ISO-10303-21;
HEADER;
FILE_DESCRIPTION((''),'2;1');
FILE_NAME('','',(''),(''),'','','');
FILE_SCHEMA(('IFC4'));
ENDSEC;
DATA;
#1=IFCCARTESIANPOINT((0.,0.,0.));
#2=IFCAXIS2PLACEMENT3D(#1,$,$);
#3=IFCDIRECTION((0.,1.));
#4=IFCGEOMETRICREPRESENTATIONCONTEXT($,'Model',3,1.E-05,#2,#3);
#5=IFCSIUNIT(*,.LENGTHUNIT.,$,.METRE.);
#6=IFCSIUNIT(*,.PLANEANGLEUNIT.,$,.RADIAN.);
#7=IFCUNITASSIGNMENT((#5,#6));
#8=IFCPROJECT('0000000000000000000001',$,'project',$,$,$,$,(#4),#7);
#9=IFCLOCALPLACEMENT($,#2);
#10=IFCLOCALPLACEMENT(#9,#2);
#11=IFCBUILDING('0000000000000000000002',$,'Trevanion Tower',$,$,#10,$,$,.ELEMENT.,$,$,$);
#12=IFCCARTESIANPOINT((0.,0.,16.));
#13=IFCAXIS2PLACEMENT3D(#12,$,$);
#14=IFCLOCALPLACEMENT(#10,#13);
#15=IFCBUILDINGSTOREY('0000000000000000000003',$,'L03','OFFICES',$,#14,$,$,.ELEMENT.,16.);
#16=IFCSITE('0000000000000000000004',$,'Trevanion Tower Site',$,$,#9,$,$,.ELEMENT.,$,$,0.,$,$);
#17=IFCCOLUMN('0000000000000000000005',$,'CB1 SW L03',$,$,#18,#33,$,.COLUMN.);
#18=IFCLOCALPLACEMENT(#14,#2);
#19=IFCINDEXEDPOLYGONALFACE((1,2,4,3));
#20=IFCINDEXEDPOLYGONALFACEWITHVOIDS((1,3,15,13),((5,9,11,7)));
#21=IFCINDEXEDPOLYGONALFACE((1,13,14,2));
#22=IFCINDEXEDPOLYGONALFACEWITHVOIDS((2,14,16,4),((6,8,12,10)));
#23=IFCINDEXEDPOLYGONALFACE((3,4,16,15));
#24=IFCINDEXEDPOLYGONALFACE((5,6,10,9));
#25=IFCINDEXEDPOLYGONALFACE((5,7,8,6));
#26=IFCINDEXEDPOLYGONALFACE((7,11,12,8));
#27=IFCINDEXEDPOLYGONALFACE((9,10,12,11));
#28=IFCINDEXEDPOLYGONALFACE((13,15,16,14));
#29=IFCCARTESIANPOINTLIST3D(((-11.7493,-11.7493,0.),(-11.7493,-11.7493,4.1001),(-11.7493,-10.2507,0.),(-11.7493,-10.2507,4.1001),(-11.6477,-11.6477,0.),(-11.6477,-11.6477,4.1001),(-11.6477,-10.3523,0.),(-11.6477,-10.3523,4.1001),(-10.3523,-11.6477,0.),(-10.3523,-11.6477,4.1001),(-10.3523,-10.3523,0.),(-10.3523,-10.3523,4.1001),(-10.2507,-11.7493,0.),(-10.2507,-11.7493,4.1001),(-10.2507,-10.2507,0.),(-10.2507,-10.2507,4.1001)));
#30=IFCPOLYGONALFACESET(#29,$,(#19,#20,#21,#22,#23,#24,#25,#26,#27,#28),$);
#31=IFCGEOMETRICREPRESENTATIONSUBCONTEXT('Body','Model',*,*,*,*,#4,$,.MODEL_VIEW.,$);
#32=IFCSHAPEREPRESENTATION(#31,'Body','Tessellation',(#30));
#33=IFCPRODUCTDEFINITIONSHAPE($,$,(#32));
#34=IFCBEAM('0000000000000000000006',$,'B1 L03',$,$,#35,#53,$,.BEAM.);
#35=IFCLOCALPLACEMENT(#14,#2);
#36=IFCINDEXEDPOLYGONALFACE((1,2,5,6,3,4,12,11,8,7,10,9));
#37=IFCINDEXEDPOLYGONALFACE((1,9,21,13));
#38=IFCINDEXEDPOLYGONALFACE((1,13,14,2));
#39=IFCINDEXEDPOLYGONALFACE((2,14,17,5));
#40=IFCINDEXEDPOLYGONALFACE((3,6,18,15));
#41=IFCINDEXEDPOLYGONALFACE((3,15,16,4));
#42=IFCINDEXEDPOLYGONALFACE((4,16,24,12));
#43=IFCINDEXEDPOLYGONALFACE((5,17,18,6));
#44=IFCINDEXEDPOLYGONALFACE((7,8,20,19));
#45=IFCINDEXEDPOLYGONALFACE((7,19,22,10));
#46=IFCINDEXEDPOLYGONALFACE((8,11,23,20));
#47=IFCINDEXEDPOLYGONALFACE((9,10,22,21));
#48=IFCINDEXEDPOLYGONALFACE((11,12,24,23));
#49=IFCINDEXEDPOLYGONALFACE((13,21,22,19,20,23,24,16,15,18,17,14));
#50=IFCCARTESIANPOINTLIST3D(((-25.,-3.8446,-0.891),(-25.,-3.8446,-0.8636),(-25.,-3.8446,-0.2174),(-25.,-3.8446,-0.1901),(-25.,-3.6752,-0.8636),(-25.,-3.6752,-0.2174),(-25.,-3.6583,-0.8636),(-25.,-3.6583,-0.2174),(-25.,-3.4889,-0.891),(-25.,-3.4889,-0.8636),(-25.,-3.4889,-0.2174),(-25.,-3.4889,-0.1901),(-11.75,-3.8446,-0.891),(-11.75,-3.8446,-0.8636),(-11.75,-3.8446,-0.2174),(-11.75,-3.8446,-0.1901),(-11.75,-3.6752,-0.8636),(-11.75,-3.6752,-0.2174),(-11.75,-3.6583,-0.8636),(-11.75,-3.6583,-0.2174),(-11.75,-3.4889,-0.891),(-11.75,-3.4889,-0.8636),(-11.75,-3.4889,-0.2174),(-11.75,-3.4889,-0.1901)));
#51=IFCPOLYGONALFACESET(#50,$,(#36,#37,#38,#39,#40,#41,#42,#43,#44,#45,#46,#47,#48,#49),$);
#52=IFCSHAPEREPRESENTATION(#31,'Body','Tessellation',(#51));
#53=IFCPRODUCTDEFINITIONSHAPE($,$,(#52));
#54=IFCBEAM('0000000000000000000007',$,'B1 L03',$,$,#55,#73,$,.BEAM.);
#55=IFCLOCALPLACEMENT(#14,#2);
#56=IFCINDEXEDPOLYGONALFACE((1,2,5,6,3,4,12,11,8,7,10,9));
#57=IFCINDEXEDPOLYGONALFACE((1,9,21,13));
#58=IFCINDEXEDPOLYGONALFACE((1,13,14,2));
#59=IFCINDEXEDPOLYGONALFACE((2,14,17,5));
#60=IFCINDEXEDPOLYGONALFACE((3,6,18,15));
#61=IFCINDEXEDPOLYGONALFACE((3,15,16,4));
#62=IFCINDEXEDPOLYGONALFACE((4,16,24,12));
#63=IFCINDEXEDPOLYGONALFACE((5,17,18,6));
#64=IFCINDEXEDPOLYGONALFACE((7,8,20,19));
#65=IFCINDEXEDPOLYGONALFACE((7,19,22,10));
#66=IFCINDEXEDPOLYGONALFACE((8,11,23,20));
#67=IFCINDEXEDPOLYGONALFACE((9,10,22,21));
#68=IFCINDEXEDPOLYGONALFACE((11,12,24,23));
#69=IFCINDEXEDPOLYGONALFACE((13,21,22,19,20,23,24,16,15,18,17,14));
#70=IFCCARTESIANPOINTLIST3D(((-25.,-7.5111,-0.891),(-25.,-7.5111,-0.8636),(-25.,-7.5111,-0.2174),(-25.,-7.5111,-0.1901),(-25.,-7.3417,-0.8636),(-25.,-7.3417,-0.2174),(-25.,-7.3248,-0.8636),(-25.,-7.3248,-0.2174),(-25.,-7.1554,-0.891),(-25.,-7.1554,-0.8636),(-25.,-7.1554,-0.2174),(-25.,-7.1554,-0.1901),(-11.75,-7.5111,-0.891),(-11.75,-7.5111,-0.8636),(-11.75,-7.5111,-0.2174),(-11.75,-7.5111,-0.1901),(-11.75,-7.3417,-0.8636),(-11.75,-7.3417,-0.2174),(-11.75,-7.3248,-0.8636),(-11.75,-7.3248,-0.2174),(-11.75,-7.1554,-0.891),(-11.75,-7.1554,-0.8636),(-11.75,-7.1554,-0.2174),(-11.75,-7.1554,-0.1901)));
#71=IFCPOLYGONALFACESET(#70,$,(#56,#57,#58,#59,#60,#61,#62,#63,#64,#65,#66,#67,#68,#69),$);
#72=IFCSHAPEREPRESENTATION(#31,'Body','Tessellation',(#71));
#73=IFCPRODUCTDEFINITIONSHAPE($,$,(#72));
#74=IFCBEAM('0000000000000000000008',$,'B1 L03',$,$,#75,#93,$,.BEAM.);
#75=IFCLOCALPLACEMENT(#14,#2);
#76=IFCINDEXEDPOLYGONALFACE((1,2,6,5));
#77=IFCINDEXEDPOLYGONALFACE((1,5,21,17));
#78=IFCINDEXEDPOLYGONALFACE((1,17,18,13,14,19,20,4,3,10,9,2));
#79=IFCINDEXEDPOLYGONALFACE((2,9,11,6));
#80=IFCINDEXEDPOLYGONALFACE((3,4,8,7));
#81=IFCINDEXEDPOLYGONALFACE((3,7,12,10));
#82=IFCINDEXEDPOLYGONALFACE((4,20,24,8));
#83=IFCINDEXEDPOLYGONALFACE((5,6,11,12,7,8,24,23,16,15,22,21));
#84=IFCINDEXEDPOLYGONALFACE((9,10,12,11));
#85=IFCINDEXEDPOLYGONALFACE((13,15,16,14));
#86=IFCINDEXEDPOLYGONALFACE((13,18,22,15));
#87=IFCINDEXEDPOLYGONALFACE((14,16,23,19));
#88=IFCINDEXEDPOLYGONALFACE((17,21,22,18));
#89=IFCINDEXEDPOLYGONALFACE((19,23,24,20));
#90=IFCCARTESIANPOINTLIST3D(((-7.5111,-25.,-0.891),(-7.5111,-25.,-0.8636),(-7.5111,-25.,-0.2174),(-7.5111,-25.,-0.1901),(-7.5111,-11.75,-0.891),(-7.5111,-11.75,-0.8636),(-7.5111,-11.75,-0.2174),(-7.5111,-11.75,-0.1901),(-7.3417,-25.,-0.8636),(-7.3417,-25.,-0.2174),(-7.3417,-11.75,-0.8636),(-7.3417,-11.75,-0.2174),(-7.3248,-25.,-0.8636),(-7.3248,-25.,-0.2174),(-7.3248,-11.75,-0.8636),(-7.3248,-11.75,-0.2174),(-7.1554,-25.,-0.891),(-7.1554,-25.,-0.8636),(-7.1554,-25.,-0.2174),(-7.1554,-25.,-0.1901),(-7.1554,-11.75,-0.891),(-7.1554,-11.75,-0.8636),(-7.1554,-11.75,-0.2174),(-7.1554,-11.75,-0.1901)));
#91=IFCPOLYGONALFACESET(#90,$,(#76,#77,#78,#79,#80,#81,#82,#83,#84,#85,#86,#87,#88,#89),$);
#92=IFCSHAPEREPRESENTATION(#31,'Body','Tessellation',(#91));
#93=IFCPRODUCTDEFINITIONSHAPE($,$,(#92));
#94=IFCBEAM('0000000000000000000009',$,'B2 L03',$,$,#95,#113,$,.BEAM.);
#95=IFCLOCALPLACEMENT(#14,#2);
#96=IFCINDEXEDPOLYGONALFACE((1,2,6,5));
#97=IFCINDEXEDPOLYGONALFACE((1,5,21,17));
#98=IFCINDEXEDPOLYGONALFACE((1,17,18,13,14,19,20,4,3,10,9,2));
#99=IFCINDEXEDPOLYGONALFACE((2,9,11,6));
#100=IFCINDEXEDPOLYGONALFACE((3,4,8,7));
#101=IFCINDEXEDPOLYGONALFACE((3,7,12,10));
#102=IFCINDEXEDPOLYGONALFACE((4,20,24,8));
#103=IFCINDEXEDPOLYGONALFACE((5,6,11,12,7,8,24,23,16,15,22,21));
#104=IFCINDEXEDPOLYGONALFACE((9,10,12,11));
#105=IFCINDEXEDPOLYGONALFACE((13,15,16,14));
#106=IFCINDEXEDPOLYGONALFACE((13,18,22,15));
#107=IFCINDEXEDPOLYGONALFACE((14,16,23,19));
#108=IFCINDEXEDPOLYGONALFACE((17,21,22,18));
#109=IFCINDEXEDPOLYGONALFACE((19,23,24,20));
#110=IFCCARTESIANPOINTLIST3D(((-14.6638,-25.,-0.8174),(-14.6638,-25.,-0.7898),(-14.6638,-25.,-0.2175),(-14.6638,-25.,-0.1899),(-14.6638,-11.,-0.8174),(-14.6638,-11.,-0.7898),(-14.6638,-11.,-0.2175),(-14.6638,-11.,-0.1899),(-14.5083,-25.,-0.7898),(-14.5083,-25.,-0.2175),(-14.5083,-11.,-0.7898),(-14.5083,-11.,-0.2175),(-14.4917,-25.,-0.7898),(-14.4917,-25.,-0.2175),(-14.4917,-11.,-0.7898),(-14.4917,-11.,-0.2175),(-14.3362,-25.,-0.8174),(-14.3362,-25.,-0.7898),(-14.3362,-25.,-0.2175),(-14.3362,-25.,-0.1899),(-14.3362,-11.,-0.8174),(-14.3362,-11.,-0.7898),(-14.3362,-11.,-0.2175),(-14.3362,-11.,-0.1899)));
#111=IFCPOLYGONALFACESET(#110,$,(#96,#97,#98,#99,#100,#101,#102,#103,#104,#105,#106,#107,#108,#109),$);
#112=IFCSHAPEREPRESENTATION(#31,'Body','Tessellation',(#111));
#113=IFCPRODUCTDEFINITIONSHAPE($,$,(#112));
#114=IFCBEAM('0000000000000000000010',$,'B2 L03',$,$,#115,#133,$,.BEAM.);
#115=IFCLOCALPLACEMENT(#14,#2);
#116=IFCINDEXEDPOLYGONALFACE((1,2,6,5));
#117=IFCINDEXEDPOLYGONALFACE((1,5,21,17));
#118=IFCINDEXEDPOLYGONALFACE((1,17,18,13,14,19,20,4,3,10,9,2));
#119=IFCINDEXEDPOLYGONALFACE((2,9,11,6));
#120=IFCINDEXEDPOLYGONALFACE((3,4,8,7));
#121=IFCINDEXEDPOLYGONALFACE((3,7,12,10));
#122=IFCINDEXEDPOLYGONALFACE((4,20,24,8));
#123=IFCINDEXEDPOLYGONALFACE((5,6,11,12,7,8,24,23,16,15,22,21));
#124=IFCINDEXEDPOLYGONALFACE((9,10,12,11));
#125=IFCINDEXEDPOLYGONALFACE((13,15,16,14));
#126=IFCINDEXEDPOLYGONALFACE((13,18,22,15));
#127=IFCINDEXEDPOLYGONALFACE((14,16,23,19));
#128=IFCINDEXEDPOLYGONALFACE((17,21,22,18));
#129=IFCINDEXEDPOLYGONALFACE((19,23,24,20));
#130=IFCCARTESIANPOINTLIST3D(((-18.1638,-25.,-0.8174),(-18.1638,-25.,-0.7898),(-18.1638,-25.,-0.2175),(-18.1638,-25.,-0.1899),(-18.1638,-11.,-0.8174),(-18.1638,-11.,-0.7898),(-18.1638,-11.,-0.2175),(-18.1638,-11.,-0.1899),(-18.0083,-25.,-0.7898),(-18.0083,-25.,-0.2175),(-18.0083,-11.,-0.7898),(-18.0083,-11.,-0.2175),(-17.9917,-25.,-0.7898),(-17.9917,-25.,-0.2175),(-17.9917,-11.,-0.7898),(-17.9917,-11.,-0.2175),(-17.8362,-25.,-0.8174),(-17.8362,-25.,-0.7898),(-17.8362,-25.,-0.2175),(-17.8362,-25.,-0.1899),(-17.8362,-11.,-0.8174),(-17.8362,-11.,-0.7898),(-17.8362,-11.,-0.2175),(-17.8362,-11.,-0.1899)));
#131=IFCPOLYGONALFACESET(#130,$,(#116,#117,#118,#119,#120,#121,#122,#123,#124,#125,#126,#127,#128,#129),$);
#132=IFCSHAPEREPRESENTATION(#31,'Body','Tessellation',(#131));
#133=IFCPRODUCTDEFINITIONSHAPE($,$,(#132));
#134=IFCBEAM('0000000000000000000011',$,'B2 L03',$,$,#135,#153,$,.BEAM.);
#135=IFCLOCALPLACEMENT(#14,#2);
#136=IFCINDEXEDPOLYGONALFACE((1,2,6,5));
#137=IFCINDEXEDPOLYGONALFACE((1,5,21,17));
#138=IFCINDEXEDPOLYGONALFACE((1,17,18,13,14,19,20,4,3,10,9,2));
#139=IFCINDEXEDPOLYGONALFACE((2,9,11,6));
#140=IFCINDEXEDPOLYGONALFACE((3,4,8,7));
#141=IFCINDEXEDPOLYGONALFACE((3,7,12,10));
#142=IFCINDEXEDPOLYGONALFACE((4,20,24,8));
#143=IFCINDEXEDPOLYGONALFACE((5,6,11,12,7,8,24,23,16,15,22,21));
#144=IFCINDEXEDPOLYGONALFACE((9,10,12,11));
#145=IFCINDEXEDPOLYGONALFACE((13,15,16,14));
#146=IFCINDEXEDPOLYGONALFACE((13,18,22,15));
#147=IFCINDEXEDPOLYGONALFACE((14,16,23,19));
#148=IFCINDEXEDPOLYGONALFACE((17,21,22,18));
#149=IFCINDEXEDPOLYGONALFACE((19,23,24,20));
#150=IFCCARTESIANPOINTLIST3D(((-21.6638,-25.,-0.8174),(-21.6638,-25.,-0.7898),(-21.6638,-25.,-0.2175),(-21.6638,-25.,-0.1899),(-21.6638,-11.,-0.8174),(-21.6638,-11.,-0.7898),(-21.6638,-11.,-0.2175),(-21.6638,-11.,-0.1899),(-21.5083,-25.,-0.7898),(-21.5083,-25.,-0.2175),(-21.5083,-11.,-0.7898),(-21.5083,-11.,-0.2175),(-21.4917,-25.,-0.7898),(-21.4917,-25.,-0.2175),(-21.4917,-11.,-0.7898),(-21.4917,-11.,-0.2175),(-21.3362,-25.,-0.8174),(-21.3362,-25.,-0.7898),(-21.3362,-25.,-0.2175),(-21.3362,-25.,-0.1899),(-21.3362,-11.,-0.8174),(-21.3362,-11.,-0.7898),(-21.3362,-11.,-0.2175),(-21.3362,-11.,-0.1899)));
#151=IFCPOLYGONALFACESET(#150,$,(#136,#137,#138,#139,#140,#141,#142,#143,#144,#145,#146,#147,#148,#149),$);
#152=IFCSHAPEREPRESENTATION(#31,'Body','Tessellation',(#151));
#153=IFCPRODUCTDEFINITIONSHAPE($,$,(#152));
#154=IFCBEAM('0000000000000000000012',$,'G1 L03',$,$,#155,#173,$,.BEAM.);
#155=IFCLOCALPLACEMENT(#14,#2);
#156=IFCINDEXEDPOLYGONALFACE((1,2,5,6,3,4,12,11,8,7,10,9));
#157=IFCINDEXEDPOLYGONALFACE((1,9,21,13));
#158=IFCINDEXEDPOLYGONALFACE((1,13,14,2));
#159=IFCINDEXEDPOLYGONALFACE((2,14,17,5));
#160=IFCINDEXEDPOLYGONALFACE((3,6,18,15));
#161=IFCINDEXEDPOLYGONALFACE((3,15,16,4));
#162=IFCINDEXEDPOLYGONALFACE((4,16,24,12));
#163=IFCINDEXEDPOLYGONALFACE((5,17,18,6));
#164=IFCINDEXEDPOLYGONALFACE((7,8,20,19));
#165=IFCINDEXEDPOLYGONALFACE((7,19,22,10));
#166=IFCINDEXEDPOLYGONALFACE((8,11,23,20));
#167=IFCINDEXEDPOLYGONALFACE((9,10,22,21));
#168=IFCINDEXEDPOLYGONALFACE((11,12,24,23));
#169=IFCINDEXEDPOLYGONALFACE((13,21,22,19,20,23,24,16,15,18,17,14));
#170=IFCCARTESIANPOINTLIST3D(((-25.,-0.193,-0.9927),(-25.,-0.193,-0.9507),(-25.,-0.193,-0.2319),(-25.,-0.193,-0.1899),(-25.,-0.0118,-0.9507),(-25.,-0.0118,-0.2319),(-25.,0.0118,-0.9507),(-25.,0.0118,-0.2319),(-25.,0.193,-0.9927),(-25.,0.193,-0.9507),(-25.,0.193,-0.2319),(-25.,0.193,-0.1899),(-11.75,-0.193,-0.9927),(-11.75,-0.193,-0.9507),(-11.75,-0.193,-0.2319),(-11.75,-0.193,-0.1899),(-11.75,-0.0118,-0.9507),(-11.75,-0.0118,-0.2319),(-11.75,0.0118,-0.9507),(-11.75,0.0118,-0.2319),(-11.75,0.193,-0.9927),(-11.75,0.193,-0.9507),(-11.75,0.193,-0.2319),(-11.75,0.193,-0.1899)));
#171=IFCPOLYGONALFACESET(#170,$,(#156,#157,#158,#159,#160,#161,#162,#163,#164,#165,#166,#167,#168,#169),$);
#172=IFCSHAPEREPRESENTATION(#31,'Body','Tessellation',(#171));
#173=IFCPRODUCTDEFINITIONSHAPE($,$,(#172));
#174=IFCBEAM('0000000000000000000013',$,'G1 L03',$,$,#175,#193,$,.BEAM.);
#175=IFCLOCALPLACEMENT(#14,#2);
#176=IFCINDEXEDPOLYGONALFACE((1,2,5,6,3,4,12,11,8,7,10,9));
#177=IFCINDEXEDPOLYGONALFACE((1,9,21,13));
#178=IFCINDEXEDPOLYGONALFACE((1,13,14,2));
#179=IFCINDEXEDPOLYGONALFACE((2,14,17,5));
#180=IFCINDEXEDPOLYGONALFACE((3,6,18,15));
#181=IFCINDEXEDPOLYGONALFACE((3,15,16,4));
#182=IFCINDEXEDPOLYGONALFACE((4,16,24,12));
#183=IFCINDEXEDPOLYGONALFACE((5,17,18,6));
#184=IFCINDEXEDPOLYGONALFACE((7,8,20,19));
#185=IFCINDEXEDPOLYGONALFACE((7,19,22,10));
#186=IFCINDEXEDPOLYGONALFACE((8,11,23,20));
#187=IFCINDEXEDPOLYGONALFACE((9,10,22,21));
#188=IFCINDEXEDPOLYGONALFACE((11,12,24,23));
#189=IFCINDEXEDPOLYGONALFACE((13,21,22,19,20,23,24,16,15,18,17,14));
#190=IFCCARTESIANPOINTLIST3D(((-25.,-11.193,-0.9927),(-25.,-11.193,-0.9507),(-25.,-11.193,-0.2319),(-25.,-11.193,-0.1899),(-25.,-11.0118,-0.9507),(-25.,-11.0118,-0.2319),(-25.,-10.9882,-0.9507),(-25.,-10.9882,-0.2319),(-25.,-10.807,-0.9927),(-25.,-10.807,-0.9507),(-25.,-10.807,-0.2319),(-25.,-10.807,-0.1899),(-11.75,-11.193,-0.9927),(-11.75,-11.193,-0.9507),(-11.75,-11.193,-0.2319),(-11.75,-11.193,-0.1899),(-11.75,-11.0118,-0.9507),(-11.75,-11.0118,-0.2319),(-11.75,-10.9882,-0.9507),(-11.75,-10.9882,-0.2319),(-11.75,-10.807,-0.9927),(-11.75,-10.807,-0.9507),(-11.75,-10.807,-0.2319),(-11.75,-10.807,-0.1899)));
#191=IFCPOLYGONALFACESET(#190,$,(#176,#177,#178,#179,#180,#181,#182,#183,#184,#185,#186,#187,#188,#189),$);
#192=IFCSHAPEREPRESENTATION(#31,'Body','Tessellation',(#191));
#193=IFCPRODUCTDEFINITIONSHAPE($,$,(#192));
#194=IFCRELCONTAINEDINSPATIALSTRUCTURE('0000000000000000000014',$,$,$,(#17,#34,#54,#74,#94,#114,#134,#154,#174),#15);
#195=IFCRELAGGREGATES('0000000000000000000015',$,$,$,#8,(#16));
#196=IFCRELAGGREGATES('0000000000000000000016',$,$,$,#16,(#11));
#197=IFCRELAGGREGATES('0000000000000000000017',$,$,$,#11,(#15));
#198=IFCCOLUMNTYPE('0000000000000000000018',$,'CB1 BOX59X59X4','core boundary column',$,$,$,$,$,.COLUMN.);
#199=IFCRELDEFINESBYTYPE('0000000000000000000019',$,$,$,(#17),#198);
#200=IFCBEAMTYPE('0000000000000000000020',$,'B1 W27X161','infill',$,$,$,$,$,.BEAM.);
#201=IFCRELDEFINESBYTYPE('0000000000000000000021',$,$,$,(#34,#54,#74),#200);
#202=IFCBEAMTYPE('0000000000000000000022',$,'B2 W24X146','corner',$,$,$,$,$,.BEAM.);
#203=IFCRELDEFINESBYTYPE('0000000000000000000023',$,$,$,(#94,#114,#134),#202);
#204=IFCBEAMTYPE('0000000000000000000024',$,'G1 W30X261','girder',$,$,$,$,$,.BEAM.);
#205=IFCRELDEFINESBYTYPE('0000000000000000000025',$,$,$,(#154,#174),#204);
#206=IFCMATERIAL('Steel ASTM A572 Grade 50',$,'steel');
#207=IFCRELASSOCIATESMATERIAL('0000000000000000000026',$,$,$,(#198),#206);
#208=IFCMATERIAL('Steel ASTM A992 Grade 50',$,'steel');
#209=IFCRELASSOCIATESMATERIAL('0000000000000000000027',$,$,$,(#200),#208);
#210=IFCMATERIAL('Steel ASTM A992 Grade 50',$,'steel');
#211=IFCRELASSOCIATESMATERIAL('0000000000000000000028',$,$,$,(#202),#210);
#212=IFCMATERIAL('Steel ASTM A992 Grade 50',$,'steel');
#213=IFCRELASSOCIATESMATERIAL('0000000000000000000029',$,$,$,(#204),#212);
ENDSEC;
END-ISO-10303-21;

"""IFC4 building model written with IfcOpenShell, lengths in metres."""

from ifc_helpers import new_model, si_unit, direction, frame, origin, origin_2d, place, context, subcontext, project, spatial, hollow_rectangle, i_section, extrude, material, material_profile, profile_set, type_object, element, save


model = new_model("IFC4")

# Units and contexts
model_context = context("Model", 3, precision=1e-05, world=origin(), true_north=direction((0.0, 1.0)))
body_context = subcontext(model_context, "Body", "Model", "MODEL_VIEW")
ifc_project = project(units=[si_unit("LENGTHUNIT", "METRE"), si_unit("PLANEANGLEUNIT", "RADIAN")], contexts=[model_context])

# Site, building, storey
site_placement = place(None, origin())
site = spatial("IfcSite", under=ifc_project, at=site_placement, Name="Trevanion Tower Site", CompositionType="ELEMENT", RefElevation=0.0)
building_placement = place(site_placement, origin())
building = spatial("IfcBuilding", under=site, at=building_placement, Name="Trevanion Tower", CompositionType="ELEMENT")
storey_placement = place(building_placement, frame((0.0, 0.0, 16.0)))
storey = spatial("IfcBuildingStorey", under=building, at=storey_placement, Name="L03", Description="OFFICES", CompositionType="ELEMENT", Elevation=16.0)

# Column
ifc_material_1 = material(Name="Steel ASTM A572 Grade 50", Category="steel")
ifc_material_profile_1 = material_profile(ifc_material_1, hollow_rectangle(XDim=1.4985, YDim=1.4985, WallThickness=0.1016, at=origin_2d()), Name="BOX59X59X4")
ifc_profile_set_1 = profile_set([ifc_material_profile_1], Name="Steel ASTM A572 Grade 50")
column_type = type_object("IfcColumnType", Name="CB1 BOX59X59X4", Description="core boundary column", PredefinedType="COLUMN", material=ifc_profile_set_1)
column_placement = place(storey_placement, frame((-11.0, -11.0, 0.0), z_axis=(0.0, 0.0, 1.0), x_axis=(1.0, 0.0, 0.0)))
element("IfcColumn", 1, at=column_placement, inside=storey, type_object=column_type, Name="CB1 SW L03", PredefinedType="COLUMN", context=body_context, shape_type="SweptSolid", body=[
    extrude(hollow_rectangle(XDim=1.4985, YDim=1.4985, WallThickness=0.1016, at=origin_2d()), origin(), (0.0, 0.0, 1.0), 4.1001),
])

# Beams
ifc_material_2 = material(Name="Steel ASTM A992 Grade 50", Category="steel")
ifc_material_profile_2 = material_profile(ifc_material_2, i_section(OverallWidth=0.3557, OverallDepth=0.7009, WebThickness=0.0168, FlangeThickness=0.0273, at=origin_2d()), Name="W27X161")
ifc_profile_set_2 = profile_set([ifc_material_profile_2], Name="Steel ASTM A992 Grade 50")
beam_type_1 = type_object("IfcBeamType", Name="B1 W27X161", Description="infill", PredefinedType="BEAM", material=ifc_profile_set_2)
for number, where, z_axis, x_axis, name in (
    (2, (-11.75, -3.6667, -0.5405), (-1.0, 0.0, 0.0), (0.0, -1.0, 0.0), "B1 L03"),
    (3, (-11.75, -7.3333, -0.5405), (-1.0, 0.0, 0.0), (0.0, -1.0, 0.0), "B1 L03"),
    (4, (-7.3333, -11.75, -0.5405), (0.0, -1.0, 0.0), (1.0, 0.0, 0.0), "B1 L03"),
):
    element("IfcBeam", number, at=place(storey_placement, frame(where, z_axis=z_axis, x_axis=x_axis)), inside=storey, type_object=beam_type_1, Name=name, PredefinedType="BEAM", context=body_context, shape_type="SweptSolid", body=[
        extrude(i_section(OverallWidth=0.3557, OverallDepth=0.7009, WebThickness=0.0168, FlangeThickness=0.0273, at=origin_2d()), origin(), (0.0, 0.0, 1.0), 13.25),
    ])
ifc_material_3 = material(Name="Steel ASTM A992 Grade 50", Category="steel")
ifc_material_profile_3 = material_profile(ifc_material_3, i_section(OverallWidth=0.3276, OverallDepth=0.6274, WebThickness=0.0166, FlangeThickness=0.0276, at=origin_2d()), Name="W24X146")
ifc_profile_set_3 = profile_set([ifc_material_profile_3], Name="Steel ASTM A992 Grade 50")
beam_type_2 = type_object("IfcBeamType", Name="B2 W24X146", Description="corner", PredefinedType="BEAM", material=ifc_profile_set_3)
for number, where, z_axis, x_axis, name in (
    (5, (-14.5, -11.0, -0.5037), (0.0, -1.0, 0.0), (1.0, 0.0, 0.0), "B2 L03"),
    (6, (-18.0, -11.0, -0.5037), (0.0, -1.0, 0.0), (1.0, 0.0, 0.0), "B2 L03"),
    (7, (-21.5, -11.0, -0.5037), (0.0, -1.0, 0.0), (1.0, 0.0, 0.0), "B2 L03"),
):
    element("IfcBeam", number, at=place(storey_placement, frame(where, z_axis=z_axis, x_axis=x_axis)), inside=storey, type_object=beam_type_2, Name=name, PredefinedType="BEAM", context=body_context, shape_type="SweptSolid", body=[
        extrude(i_section(OverallWidth=0.3276, OverallDepth=0.6274, WebThickness=0.0166, FlangeThickness=0.0276, at=origin_2d()), origin(), (0.0, 0.0, 1.0), 14.0),
    ])
ifc_material_4 = material(Name="Steel ASTM A992 Grade 50", Category="steel")
ifc_material_profile_4 = material_profile(ifc_material_4, i_section(OverallWidth=0.386, OverallDepth=0.8027, WebThickness=0.0237, FlangeThickness=0.042, at=origin_2d()), Name="W30X261")
ifc_profile_set_4 = profile_set([ifc_material_profile_4], Name="Steel ASTM A992 Grade 50")
beam_type_3 = type_object("IfcBeamType", Name="G1 W30X261", Description="girder", PredefinedType="BEAM", material=ifc_profile_set_4)
for number, where, z_axis, x_axis, name in (
    (8, (-11.75, 0.0, -0.5913), (-1.0, 0.0, 0.0), (0.0, -1.0, 0.0), "G1 L03"),
    (9, (-11.75, -11.0, -0.5913), (-1.0, 0.0, 0.0), (0.0, -1.0, 0.0), "G1 L03"),
):
    element("IfcBeam", number, at=place(storey_placement, frame(where, z_axis=z_axis, x_axis=x_axis)), inside=storey, type_object=beam_type_3, Name=name, PredefinedType="BEAM", context=body_context, shape_type="SweptSolid", body=[
        extrude(i_section(OverallWidth=0.386, OverallDepth=0.8027, WebThickness=0.0237, FlangeThickness=0.042, at=origin_2d()), origin(), (0.0, 0.0, 1.0), 13.25),
    ])

save(model, "model.ifc")
